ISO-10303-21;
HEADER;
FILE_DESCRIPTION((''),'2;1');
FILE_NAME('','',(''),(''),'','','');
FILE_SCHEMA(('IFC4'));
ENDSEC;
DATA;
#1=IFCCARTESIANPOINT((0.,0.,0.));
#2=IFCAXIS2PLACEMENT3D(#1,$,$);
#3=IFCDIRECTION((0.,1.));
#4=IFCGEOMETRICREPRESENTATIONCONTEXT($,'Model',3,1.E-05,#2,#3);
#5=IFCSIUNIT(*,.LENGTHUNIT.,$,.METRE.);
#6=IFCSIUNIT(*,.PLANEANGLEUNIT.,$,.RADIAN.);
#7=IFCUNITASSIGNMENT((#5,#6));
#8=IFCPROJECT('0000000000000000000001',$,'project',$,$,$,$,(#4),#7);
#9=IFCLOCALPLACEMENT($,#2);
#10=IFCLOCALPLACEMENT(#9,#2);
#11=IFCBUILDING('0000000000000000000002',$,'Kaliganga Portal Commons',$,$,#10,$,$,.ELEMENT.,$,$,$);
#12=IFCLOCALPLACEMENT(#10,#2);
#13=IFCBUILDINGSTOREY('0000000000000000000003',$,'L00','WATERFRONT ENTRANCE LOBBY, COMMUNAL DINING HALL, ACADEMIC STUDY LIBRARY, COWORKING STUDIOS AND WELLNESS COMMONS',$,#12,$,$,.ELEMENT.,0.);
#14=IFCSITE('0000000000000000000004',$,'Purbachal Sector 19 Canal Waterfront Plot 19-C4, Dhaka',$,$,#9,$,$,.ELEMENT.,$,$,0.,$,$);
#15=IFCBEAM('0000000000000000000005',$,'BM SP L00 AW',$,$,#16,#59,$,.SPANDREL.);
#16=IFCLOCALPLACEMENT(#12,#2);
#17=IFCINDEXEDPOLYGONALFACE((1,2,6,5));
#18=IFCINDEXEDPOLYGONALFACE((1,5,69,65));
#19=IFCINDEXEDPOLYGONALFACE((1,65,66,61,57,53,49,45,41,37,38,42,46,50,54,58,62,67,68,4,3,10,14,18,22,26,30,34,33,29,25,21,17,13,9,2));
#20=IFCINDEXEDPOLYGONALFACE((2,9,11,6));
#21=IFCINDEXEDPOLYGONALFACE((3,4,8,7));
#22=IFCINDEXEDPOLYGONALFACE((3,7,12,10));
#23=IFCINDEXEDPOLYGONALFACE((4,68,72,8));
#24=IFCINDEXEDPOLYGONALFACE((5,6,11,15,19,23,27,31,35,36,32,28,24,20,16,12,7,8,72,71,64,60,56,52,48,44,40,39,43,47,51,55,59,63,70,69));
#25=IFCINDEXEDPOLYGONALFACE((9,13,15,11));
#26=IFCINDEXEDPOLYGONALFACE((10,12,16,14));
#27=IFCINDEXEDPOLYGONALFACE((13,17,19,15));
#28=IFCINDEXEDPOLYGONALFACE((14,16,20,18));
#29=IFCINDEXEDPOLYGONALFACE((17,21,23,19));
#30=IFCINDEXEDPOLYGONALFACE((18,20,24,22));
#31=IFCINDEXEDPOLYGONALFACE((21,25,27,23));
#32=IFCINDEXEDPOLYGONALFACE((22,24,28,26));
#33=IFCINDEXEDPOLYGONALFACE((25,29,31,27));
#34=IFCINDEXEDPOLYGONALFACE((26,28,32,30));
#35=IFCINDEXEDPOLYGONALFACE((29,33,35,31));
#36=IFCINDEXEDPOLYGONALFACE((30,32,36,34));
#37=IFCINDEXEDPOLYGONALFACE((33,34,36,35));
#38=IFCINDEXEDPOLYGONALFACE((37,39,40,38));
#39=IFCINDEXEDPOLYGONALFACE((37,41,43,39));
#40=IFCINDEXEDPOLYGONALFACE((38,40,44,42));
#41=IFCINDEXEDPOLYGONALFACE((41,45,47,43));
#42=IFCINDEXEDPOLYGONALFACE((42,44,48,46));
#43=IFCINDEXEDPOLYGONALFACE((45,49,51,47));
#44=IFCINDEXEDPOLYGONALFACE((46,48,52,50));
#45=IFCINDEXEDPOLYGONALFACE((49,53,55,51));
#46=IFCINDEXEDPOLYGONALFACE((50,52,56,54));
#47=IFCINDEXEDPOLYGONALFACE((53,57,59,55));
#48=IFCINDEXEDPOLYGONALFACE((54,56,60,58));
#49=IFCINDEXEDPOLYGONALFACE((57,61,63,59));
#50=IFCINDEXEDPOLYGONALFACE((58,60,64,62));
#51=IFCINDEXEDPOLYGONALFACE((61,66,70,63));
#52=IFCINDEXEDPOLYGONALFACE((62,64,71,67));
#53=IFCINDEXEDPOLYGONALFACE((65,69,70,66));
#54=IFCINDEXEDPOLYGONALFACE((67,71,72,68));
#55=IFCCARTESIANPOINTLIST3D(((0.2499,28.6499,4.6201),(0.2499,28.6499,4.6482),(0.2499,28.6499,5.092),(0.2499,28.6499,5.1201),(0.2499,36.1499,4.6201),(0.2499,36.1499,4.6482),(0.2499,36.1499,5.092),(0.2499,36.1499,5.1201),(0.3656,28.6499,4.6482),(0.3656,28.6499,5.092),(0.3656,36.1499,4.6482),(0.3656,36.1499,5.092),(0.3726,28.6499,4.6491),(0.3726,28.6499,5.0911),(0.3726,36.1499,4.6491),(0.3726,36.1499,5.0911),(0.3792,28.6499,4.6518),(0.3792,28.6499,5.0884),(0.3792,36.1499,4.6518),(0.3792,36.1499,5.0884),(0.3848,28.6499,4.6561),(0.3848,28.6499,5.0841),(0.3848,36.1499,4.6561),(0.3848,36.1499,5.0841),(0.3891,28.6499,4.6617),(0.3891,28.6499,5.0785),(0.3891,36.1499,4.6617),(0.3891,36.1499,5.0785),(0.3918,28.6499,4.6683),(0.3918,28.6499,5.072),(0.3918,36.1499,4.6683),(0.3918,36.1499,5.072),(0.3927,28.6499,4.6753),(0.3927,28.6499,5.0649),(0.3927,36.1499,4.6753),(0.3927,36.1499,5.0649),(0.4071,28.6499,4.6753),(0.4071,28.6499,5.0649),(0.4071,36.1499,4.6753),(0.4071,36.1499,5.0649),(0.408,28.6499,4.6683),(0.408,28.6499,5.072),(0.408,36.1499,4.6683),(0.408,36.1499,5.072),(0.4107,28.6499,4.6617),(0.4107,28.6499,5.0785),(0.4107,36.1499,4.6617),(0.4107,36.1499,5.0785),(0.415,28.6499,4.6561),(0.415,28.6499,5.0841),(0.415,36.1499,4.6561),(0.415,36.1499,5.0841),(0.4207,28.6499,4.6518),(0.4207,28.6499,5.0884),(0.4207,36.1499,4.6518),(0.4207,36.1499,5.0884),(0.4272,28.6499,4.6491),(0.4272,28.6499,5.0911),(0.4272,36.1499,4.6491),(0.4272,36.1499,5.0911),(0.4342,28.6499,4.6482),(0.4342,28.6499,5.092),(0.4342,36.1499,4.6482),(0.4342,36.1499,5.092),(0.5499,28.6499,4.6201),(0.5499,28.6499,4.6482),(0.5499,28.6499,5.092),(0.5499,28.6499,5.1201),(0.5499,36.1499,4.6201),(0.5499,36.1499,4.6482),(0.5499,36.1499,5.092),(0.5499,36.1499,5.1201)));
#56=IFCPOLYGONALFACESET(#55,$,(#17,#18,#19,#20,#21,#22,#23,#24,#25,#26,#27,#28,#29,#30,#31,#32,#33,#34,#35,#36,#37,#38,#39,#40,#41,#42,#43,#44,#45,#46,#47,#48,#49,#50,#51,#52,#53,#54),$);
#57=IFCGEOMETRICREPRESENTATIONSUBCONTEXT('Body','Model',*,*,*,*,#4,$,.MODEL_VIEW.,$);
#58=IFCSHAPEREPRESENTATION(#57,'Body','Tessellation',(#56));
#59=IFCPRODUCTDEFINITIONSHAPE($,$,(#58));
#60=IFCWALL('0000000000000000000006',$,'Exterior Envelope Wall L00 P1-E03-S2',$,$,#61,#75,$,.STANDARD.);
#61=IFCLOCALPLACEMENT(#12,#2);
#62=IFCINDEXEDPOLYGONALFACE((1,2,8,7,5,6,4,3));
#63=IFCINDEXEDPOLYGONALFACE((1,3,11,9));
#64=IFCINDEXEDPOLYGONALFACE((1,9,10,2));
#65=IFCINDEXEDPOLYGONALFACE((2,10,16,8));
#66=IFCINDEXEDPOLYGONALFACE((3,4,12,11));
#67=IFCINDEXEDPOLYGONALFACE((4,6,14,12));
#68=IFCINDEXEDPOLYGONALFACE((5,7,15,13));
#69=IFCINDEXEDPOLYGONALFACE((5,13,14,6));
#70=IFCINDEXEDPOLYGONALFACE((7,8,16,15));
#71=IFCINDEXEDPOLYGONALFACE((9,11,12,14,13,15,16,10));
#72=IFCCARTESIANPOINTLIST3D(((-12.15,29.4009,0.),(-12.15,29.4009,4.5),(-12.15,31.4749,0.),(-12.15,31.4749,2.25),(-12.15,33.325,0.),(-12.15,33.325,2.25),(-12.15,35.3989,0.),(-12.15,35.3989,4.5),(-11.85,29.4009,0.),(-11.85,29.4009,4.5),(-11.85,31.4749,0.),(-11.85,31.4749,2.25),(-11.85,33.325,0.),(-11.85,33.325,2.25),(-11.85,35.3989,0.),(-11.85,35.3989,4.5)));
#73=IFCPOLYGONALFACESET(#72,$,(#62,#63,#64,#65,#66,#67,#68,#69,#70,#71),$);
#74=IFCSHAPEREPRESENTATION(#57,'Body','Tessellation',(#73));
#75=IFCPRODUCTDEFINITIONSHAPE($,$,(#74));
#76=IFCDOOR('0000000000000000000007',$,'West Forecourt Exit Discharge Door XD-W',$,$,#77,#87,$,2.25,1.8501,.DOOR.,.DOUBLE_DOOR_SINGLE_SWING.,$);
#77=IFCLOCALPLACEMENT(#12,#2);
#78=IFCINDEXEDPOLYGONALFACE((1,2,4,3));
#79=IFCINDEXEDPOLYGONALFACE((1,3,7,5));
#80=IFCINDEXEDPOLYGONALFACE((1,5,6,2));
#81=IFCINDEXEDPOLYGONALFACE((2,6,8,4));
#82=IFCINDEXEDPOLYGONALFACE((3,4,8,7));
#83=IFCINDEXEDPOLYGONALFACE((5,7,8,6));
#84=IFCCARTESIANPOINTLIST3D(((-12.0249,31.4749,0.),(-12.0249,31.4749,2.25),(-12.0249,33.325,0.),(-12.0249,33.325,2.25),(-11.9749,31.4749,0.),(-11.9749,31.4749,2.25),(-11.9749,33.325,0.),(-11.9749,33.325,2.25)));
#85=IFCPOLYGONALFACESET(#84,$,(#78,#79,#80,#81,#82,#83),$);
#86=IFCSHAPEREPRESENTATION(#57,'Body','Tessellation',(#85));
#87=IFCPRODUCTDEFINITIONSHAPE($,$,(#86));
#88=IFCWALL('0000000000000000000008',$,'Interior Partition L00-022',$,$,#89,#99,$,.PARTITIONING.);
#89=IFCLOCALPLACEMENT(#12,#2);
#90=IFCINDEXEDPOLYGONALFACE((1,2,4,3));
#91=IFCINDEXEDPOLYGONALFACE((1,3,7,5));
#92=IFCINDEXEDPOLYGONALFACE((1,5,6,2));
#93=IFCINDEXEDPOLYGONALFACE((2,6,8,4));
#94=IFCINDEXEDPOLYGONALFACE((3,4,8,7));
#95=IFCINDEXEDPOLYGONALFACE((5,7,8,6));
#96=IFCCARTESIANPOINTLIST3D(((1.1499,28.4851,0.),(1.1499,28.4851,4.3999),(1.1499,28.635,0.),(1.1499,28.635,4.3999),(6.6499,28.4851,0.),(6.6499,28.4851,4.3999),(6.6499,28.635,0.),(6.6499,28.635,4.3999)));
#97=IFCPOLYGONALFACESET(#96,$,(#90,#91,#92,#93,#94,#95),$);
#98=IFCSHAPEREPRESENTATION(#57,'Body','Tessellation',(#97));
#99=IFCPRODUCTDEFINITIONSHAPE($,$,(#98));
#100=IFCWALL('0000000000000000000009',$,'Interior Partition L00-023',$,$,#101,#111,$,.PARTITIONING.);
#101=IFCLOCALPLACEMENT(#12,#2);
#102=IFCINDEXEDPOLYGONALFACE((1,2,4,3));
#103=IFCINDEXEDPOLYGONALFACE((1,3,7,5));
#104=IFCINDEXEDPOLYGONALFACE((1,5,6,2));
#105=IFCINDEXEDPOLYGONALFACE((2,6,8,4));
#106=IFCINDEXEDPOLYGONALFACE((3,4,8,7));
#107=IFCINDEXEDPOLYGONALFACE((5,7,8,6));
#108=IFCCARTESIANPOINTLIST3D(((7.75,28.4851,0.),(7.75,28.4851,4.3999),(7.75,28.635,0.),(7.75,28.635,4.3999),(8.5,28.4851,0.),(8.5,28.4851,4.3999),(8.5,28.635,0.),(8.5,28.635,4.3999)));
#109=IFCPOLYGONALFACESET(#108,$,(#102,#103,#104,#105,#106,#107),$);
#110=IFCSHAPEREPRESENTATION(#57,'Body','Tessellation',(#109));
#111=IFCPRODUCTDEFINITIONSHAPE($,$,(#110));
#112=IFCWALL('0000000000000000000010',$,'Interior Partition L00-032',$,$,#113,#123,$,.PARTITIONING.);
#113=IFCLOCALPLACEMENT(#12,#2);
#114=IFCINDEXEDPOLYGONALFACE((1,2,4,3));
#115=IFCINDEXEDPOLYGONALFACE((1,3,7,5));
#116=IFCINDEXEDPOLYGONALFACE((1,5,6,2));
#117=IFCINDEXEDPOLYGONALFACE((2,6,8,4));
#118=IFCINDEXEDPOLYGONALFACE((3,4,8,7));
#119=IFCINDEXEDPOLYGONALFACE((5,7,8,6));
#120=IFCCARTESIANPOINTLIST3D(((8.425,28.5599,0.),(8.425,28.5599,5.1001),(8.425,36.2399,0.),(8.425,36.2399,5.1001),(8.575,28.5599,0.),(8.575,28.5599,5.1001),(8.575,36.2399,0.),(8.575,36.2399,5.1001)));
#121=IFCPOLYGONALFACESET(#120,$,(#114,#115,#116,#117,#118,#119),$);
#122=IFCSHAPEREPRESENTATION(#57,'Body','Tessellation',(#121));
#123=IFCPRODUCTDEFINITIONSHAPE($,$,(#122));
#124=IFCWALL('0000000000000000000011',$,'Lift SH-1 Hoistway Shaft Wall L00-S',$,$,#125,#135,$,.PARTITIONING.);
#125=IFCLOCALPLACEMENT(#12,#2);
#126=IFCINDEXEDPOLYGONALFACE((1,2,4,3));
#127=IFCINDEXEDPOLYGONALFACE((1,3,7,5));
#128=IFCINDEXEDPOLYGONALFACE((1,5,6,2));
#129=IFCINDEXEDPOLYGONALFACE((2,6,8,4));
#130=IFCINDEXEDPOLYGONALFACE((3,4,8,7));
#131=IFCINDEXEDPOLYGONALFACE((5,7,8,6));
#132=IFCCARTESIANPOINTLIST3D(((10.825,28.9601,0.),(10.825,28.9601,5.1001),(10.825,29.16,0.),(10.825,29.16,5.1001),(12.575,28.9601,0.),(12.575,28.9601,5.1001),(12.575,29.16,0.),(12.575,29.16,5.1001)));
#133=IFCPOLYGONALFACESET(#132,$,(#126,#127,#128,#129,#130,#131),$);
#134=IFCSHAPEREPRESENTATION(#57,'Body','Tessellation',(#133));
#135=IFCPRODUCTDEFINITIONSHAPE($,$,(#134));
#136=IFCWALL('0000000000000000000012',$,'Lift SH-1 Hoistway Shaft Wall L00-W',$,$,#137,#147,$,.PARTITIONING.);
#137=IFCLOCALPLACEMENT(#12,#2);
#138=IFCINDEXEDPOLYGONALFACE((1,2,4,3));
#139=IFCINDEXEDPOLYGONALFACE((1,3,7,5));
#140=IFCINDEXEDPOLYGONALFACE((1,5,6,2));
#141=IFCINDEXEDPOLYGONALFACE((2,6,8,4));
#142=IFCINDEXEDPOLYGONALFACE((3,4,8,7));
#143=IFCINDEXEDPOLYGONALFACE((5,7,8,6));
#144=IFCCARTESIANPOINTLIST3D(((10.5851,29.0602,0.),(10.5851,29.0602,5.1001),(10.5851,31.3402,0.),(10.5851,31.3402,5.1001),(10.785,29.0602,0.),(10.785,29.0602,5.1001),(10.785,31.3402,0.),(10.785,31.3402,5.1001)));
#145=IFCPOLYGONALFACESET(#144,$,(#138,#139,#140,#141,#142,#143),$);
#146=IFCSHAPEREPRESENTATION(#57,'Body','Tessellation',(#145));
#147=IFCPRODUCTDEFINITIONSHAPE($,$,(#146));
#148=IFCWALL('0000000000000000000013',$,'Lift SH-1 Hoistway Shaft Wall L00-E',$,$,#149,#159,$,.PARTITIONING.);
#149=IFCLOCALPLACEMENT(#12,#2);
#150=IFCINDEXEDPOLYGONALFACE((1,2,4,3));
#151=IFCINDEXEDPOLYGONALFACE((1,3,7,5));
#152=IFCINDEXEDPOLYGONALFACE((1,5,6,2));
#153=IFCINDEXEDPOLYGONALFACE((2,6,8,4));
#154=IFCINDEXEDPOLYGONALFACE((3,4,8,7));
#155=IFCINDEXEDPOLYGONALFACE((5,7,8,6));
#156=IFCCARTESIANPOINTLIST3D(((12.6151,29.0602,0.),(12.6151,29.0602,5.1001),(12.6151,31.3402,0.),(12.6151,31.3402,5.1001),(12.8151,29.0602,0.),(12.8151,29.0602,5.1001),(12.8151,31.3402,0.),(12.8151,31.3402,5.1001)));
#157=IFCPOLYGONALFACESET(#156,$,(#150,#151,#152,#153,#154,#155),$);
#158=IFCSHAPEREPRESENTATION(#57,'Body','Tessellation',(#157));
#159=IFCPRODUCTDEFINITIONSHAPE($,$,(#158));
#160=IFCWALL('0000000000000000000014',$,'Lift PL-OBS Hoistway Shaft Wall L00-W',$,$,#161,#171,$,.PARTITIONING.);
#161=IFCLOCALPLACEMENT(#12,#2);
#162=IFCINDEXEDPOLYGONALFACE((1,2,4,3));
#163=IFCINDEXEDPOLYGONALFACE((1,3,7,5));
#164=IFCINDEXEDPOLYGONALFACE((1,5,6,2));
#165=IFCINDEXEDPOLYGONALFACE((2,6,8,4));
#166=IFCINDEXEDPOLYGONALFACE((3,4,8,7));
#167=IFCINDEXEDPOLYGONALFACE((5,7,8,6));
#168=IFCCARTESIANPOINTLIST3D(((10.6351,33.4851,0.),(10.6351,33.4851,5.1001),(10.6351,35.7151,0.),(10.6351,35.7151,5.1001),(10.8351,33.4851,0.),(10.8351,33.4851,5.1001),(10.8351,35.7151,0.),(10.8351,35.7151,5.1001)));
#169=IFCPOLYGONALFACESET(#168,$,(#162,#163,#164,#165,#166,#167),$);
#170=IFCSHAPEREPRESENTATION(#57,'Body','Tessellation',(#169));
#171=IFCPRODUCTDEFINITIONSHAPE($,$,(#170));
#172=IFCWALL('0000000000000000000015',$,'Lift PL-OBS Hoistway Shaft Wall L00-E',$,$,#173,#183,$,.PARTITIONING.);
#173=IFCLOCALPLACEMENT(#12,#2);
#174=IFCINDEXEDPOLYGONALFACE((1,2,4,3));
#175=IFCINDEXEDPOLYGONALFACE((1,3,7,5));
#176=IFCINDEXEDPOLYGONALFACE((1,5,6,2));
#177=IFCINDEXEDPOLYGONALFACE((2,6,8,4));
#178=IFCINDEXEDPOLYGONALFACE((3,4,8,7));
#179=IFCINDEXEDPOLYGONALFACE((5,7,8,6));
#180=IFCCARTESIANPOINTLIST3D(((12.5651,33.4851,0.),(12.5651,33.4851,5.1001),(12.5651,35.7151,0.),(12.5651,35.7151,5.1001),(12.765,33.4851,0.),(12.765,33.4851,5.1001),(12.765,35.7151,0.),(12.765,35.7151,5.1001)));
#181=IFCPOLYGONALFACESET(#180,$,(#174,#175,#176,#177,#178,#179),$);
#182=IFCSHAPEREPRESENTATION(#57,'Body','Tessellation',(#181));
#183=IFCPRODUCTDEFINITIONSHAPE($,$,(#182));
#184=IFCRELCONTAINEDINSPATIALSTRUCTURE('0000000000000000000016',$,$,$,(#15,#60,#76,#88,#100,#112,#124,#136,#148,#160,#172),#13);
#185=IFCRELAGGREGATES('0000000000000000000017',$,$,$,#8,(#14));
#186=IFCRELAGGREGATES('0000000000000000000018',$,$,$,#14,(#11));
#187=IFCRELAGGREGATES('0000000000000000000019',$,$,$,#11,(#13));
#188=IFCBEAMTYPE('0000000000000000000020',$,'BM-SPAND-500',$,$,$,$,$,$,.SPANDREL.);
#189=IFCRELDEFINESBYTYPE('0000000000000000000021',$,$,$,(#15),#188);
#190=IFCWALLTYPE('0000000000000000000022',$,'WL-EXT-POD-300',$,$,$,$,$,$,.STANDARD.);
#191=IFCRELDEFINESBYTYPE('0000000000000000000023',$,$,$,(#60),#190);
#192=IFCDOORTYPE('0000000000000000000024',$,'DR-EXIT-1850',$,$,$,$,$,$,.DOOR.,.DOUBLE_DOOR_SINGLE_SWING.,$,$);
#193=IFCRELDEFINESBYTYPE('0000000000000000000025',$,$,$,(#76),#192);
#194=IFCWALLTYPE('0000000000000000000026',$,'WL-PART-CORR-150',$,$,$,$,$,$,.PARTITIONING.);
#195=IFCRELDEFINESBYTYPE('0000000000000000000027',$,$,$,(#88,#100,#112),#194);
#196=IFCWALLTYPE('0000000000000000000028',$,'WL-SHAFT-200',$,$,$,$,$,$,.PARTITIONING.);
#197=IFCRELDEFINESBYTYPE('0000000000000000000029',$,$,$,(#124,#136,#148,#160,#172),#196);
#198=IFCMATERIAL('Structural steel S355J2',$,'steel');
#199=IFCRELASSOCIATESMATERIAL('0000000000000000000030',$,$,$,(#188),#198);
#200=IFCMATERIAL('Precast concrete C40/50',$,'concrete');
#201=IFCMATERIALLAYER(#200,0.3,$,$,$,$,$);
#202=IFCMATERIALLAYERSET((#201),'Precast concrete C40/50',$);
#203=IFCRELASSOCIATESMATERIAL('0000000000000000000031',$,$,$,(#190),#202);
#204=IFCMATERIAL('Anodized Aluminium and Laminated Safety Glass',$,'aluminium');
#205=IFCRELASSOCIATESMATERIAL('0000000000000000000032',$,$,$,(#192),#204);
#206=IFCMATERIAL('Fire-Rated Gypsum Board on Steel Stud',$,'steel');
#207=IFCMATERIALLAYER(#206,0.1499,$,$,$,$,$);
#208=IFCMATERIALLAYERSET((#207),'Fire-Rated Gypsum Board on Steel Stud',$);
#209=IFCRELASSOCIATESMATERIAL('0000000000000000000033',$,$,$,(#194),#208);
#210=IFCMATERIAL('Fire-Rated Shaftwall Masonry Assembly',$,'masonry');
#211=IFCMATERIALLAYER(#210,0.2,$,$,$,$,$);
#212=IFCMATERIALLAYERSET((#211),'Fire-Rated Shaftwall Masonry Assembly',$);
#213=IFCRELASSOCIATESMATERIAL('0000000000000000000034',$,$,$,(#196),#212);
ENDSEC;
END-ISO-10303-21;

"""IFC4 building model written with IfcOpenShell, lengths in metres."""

from ifc_helpers import new_model, si_unit, direction, frame, frame_2d, origin, origin_2d, place, context, subcontext, project, spatial, rectangle, i_section, extrude, source, transform, mapped, material, layer, layer_set, material_profile, profile_set, type_object, element, fill, save


model = new_model("IFC4")

# Units and contexts
model_context = context("Model", 3, precision=1e-05, world=origin(), true_north=direction((0.0, 1.0)))
body_context = subcontext(model_context, "Body", "Model", "MODEL_VIEW")
ifc_project = project(units=[si_unit("LENGTHUNIT", "METRE"), si_unit("PLANEANGLEUNIT", "RADIAN")], contexts=[model_context])

# Site, building, storey
site_placement = place(None, origin())
site = spatial("IfcSite", under=ifc_project, at=site_placement, Name="Purbachal Sector 19 Canal Waterfront Plot 19-C4, Dhaka", CompositionType="ELEMENT", RefElevation=0.0)
building_placement = place(site_placement, origin())
building = spatial("IfcBuilding", under=site, at=building_placement, Name="Kaliganga Portal Commons", CompositionType="ELEMENT")
storey_placement = place(building_placement, origin())
storey = spatial("IfcBuildingStorey", under=building, at=storey_placement, Name="L00", Description="WATERFRONT ENTRANCE LOBBY, COMMUNAL DINING HALL, ACADEMIC STUDY LIBRARY, COWORKING STUDIOS AND WELLNESS COMMONS", CompositionType="ELEMENT", Elevation=0.0)

# Beam
ifc_material_1 = material(Name="Structural steel S355J2", Category="steel")
ifc_material_profile_1 = material_profile(ifc_material_1, i_section(OverallWidth=0.3, OverallDepth=0.5, WebThickness=0.0144, FlangeThickness=0.0281, FilletRadius=0.0271, at=origin_2d()), Name="HE 500 B")
ifc_profile_set_1 = profile_set([ifc_material_profile_1], Name="Structural steel S355J2 wide-flange")
beam_type_1 = type_object("IfcBeamType", Name="BM-SPAND-500", PredefinedType="SPANDREL", material=ifc_profile_set_1)
shared_shape_1 = source(origin(), body_context, "Body", "SweptSolid", [
    extrude(i_section(OverallWidth=0.3, OverallDepth=0.5, WebThickness=0.0144, FlangeThickness=0.0281, FilletRadius=0.0271, at=origin_2d()), origin(), (0.0, 0.0, 1.0), 7.5),
])
beam_1_placement = place(storey_placement, frame((0.3999, 28.6499, 4.8701), z_axis=(0.0, 1.0, 0.0), x_axis=(-1.0, 0.0, 0.0)))
element("IfcBeam", 1, at=beam_1_placement, inside=storey, type_object=beam_type_1, Name="BM SP L00 AW", PredefinedType="SPANDREL", context=body_context, shape_type="MappedRepresentation", body=[
    mapped(shared_shape_1, transform((0.0, 0.0, 0.0), x_axis=(1.0, 0.0, 0.0), y_axis=(0.0, 1.0, 0.0), z_axis=(0.0, 0.0, 1.0), scale=1.0)),
])

# Wall, opening, door
ifc_material_2 = material(Name="Precast concrete C40/50", Category="concrete")
ifc_layer_1 = layer(ifc_material_2, 0.3)
ifc_layer_set_1 = layer_set([ifc_layer_1], Name="Precast concrete C40/50")
wall_type_1 = type_object("IfcWallType", Name="WL-EXT-POD-300", PredefinedType="STANDARD", material=ifc_layer_set_1)
wall_1_placement = place(storey_placement, frame((-12.0, 29.4009, 0.0), z_axis=(0.0, 0.0, 1.0), x_axis=(0.0, 1.0, 0.0)))
wall_1 = element("IfcWall", 2, at=wall_1_placement, inside=storey, type_object=wall_type_1, Name="Exterior Envelope Wall L00 P1-E03-S2", PredefinedType="STANDARD", context=body_context, shape_type="SweptSolid", body=[
    extrude(rectangle(XDim=5.998, YDim=0.3, at=frame_2d((2.999, 0.0))), origin(), (0.0, 0.0, 1.0), 4.5),
])
opening_1_placement = place(wall_1_placement, frame((2.074, 0.0, 0.0)))
opening_1 = element("IfcOpeningElement", 3, at=opening_1_placement, cuts=wall_1, PredefinedType="OPENING", context=body_context, shape_type="SweptSolid", body=[
    extrude(rectangle(XDim=1.8501, YDim=2.25, at=frame_2d((0.925, 1.125))), frame((0.0, 0.1602, 0.0), z_axis=(0.0, -1.0, 0.0), x_axis=(1.0, 0.0, 0.0)), (0.0, 0.0, 1.0), 0.3201),
])
ifc_material_3 = material(Name="Anodized Aluminium and Laminated Safety Glass", Category="aluminium")
door_type_1 = type_object("IfcDoorType", Name="DR-EXIT-1850", OperationType="DOUBLE_DOOR_SINGLE_SWING", PredefinedType="DOOR", material=ifc_material_3)
door_1_placement = place(opening_1_placement, origin())
door_1 = element("IfcDoor", 4, at=door_1_placement, inside=storey, type_object=door_type_1, Name="West Forecourt Exit Discharge Door XD-W", OperationType="DOUBLE_DOOR_SINGLE_SWING", OverallHeight=2.25, OverallWidth=1.8501, PredefinedType="DOOR", context=body_context, shape_type="SweptSolid", body=[
    extrude(rectangle(XDim=1.8501, YDim=2.25, at=frame_2d((0.925, 1.125))), frame((0.0, 0.0249, 0.0), z_axis=(0.0, -1.0, 0.0), x_axis=(1.0, 0.0, 0.0)), (0.0, 0.0, 1.0), 0.05),
])
fill(opening_1, door_1)

# Walls
ifc_material_4 = material(Name="Fire-Rated Gypsum Board on Steel Stud", Category="steel")
ifc_layer_2 = layer(ifc_material_4, 0.1499)
ifc_layer_set_2 = layer_set([ifc_layer_2], Name="Fire-Rated Gypsum Board on Steel Stud")
wall_type_2 = type_object("IfcWallType", Name="WL-PART-CORR-150", PredefinedType="PARTITIONING", material=ifc_layer_set_2)
wall_2_placement = place(storey_placement, frame((1.1499, 28.5601, 0.0), z_axis=(0.0, 0.0, 1.0), x_axis=(1.0, 0.0, 0.0)))
element("IfcWall", 5, at=wall_2_placement, inside=storey, type_object=wall_type_2, Name="Interior Partition L00-022", PredefinedType="PARTITIONING", context=body_context, shape_type="SweptSolid", body=[
    extrude(rectangle(XDim=5.5, YDim=0.1499, at=frame_2d((2.75, 0.0))), origin(), (0.0, 0.0, 1.0), 4.3999),
])
wall_3_placement = place(storey_placement, frame((7.75, 28.5601, 0.0), z_axis=(0.0, 0.0, 1.0), x_axis=(1.0, 0.0, 0.0)))
element("IfcWall", 6, at=wall_3_placement, inside=storey, type_object=wall_type_2, Name="Interior Partition L00-023", PredefinedType="PARTITIONING", context=body_context, shape_type="SweptSolid", body=[
    extrude(rectangle(XDim=0.75, YDim=0.1499, at=frame_2d((0.375, 0.0))), origin(), (0.0, 0.0, 1.0), 4.3999),
])
wall_4_placement = place(storey_placement, frame((8.5, 28.5601, 0.0), z_axis=(0.0, 0.0, 1.0), x_axis=(0.0, 1.0, 0.0)))
element("IfcWall", 7, at=wall_4_placement, inside=storey, type_object=wall_type_2, Name="Interior Partition L00-032", PredefinedType="PARTITIONING", context=body_context, shape_type="SweptSolid", body=[
    extrude(rectangle(XDim=7.6799, YDim=0.1499, at=frame_2d((3.8398, 0.0))), origin(), (0.0, 0.0, 1.0), 5.1001),
])
ifc_material_5 = material(Name="Fire-Rated Shaftwall Masonry Assembly", Category="masonry")
ifc_layer_3 = layer(ifc_material_5, 0.2)
ifc_layer_set_3 = layer_set([ifc_layer_3], Name="Fire-Rated Shaftwall Masonry Assembly")
wall_type_3 = type_object("IfcWallType", Name="WL-SHAFT-200", PredefinedType="PARTITIONING", material=ifc_layer_set_3)
wall_5_placement = place(storey_placement, frame((10.825, 29.0601, 0.0), z_axis=(0.0, 0.0, 1.0), x_axis=(1.0, 0.0, 0.0)))
element("IfcWall", 8, at=wall_5_placement, inside=storey, type_object=wall_type_3, Name="Lift SH-1 Hoistway Shaft Wall L00-S", PredefinedType="PARTITIONING", context=body_context, shape_type="SweptSolid", body=[
    extrude(rectangle(XDim=1.75, YDim=0.2, at=frame_2d((0.875, 0.0))), origin(), (0.0, 0.0, 1.0), 5.1001),
])

# Walls
for number, where, z_axis, x_axis, name in (
    (9, (10.6851, 29.0601, 0.0), (0.0, 0.0, 1.0), (0.0, 1.0, 0.0), "Lift SH-1 Hoistway Shaft Wall L00-W"),
    (10, (12.7151, 29.0601, 0.0), (0.0, 0.0, 1.0), (0.0, 1.0, 0.0), "Lift SH-1 Hoistway Shaft Wall L00-E"),
):
    element("IfcWall", number, at=place(storey_placement, frame(where, z_axis=z_axis, x_axis=x_axis)), inside=storey, type_object=wall_type_3, Name=name, PredefinedType="PARTITIONING", context=body_context, shape_type="SweptSolid", body=[
        extrude(rectangle(XDim=2.28, YDim=0.2, at=frame_2d((1.1401, 0.0))), origin(), (0.0, 0.0, 1.0), 5.1001),
    ])

# Walls
for number, where, z_axis, x_axis, name in (
    (11, (10.7351, 33.4851, 0.0), (0.0, 0.0, 1.0), (0.0, 1.0, 0.0), "Lift PL-OBS Hoistway Shaft Wall L00-W"),
    (12, (12.665, 33.4851, 0.0), (0.0, 0.0, 1.0), (0.0, 1.0, 0.0), "Lift PL-OBS Hoistway Shaft Wall L00-E"),
):
    element("IfcWall", number, at=place(storey_placement, frame(where, z_axis=z_axis, x_axis=x_axis)), inside=storey, type_object=wall_type_3, Name=name, PredefinedType="PARTITIONING", context=body_context, shape_type="SweptSolid", body=[
        extrude(rectangle(XDim=2.23, YDim=0.2, at=frame_2d((1.115, 0.0))), origin(), (0.0, 0.0, 1.0), 5.1001),
    ])

save(model, "model.ifc")
